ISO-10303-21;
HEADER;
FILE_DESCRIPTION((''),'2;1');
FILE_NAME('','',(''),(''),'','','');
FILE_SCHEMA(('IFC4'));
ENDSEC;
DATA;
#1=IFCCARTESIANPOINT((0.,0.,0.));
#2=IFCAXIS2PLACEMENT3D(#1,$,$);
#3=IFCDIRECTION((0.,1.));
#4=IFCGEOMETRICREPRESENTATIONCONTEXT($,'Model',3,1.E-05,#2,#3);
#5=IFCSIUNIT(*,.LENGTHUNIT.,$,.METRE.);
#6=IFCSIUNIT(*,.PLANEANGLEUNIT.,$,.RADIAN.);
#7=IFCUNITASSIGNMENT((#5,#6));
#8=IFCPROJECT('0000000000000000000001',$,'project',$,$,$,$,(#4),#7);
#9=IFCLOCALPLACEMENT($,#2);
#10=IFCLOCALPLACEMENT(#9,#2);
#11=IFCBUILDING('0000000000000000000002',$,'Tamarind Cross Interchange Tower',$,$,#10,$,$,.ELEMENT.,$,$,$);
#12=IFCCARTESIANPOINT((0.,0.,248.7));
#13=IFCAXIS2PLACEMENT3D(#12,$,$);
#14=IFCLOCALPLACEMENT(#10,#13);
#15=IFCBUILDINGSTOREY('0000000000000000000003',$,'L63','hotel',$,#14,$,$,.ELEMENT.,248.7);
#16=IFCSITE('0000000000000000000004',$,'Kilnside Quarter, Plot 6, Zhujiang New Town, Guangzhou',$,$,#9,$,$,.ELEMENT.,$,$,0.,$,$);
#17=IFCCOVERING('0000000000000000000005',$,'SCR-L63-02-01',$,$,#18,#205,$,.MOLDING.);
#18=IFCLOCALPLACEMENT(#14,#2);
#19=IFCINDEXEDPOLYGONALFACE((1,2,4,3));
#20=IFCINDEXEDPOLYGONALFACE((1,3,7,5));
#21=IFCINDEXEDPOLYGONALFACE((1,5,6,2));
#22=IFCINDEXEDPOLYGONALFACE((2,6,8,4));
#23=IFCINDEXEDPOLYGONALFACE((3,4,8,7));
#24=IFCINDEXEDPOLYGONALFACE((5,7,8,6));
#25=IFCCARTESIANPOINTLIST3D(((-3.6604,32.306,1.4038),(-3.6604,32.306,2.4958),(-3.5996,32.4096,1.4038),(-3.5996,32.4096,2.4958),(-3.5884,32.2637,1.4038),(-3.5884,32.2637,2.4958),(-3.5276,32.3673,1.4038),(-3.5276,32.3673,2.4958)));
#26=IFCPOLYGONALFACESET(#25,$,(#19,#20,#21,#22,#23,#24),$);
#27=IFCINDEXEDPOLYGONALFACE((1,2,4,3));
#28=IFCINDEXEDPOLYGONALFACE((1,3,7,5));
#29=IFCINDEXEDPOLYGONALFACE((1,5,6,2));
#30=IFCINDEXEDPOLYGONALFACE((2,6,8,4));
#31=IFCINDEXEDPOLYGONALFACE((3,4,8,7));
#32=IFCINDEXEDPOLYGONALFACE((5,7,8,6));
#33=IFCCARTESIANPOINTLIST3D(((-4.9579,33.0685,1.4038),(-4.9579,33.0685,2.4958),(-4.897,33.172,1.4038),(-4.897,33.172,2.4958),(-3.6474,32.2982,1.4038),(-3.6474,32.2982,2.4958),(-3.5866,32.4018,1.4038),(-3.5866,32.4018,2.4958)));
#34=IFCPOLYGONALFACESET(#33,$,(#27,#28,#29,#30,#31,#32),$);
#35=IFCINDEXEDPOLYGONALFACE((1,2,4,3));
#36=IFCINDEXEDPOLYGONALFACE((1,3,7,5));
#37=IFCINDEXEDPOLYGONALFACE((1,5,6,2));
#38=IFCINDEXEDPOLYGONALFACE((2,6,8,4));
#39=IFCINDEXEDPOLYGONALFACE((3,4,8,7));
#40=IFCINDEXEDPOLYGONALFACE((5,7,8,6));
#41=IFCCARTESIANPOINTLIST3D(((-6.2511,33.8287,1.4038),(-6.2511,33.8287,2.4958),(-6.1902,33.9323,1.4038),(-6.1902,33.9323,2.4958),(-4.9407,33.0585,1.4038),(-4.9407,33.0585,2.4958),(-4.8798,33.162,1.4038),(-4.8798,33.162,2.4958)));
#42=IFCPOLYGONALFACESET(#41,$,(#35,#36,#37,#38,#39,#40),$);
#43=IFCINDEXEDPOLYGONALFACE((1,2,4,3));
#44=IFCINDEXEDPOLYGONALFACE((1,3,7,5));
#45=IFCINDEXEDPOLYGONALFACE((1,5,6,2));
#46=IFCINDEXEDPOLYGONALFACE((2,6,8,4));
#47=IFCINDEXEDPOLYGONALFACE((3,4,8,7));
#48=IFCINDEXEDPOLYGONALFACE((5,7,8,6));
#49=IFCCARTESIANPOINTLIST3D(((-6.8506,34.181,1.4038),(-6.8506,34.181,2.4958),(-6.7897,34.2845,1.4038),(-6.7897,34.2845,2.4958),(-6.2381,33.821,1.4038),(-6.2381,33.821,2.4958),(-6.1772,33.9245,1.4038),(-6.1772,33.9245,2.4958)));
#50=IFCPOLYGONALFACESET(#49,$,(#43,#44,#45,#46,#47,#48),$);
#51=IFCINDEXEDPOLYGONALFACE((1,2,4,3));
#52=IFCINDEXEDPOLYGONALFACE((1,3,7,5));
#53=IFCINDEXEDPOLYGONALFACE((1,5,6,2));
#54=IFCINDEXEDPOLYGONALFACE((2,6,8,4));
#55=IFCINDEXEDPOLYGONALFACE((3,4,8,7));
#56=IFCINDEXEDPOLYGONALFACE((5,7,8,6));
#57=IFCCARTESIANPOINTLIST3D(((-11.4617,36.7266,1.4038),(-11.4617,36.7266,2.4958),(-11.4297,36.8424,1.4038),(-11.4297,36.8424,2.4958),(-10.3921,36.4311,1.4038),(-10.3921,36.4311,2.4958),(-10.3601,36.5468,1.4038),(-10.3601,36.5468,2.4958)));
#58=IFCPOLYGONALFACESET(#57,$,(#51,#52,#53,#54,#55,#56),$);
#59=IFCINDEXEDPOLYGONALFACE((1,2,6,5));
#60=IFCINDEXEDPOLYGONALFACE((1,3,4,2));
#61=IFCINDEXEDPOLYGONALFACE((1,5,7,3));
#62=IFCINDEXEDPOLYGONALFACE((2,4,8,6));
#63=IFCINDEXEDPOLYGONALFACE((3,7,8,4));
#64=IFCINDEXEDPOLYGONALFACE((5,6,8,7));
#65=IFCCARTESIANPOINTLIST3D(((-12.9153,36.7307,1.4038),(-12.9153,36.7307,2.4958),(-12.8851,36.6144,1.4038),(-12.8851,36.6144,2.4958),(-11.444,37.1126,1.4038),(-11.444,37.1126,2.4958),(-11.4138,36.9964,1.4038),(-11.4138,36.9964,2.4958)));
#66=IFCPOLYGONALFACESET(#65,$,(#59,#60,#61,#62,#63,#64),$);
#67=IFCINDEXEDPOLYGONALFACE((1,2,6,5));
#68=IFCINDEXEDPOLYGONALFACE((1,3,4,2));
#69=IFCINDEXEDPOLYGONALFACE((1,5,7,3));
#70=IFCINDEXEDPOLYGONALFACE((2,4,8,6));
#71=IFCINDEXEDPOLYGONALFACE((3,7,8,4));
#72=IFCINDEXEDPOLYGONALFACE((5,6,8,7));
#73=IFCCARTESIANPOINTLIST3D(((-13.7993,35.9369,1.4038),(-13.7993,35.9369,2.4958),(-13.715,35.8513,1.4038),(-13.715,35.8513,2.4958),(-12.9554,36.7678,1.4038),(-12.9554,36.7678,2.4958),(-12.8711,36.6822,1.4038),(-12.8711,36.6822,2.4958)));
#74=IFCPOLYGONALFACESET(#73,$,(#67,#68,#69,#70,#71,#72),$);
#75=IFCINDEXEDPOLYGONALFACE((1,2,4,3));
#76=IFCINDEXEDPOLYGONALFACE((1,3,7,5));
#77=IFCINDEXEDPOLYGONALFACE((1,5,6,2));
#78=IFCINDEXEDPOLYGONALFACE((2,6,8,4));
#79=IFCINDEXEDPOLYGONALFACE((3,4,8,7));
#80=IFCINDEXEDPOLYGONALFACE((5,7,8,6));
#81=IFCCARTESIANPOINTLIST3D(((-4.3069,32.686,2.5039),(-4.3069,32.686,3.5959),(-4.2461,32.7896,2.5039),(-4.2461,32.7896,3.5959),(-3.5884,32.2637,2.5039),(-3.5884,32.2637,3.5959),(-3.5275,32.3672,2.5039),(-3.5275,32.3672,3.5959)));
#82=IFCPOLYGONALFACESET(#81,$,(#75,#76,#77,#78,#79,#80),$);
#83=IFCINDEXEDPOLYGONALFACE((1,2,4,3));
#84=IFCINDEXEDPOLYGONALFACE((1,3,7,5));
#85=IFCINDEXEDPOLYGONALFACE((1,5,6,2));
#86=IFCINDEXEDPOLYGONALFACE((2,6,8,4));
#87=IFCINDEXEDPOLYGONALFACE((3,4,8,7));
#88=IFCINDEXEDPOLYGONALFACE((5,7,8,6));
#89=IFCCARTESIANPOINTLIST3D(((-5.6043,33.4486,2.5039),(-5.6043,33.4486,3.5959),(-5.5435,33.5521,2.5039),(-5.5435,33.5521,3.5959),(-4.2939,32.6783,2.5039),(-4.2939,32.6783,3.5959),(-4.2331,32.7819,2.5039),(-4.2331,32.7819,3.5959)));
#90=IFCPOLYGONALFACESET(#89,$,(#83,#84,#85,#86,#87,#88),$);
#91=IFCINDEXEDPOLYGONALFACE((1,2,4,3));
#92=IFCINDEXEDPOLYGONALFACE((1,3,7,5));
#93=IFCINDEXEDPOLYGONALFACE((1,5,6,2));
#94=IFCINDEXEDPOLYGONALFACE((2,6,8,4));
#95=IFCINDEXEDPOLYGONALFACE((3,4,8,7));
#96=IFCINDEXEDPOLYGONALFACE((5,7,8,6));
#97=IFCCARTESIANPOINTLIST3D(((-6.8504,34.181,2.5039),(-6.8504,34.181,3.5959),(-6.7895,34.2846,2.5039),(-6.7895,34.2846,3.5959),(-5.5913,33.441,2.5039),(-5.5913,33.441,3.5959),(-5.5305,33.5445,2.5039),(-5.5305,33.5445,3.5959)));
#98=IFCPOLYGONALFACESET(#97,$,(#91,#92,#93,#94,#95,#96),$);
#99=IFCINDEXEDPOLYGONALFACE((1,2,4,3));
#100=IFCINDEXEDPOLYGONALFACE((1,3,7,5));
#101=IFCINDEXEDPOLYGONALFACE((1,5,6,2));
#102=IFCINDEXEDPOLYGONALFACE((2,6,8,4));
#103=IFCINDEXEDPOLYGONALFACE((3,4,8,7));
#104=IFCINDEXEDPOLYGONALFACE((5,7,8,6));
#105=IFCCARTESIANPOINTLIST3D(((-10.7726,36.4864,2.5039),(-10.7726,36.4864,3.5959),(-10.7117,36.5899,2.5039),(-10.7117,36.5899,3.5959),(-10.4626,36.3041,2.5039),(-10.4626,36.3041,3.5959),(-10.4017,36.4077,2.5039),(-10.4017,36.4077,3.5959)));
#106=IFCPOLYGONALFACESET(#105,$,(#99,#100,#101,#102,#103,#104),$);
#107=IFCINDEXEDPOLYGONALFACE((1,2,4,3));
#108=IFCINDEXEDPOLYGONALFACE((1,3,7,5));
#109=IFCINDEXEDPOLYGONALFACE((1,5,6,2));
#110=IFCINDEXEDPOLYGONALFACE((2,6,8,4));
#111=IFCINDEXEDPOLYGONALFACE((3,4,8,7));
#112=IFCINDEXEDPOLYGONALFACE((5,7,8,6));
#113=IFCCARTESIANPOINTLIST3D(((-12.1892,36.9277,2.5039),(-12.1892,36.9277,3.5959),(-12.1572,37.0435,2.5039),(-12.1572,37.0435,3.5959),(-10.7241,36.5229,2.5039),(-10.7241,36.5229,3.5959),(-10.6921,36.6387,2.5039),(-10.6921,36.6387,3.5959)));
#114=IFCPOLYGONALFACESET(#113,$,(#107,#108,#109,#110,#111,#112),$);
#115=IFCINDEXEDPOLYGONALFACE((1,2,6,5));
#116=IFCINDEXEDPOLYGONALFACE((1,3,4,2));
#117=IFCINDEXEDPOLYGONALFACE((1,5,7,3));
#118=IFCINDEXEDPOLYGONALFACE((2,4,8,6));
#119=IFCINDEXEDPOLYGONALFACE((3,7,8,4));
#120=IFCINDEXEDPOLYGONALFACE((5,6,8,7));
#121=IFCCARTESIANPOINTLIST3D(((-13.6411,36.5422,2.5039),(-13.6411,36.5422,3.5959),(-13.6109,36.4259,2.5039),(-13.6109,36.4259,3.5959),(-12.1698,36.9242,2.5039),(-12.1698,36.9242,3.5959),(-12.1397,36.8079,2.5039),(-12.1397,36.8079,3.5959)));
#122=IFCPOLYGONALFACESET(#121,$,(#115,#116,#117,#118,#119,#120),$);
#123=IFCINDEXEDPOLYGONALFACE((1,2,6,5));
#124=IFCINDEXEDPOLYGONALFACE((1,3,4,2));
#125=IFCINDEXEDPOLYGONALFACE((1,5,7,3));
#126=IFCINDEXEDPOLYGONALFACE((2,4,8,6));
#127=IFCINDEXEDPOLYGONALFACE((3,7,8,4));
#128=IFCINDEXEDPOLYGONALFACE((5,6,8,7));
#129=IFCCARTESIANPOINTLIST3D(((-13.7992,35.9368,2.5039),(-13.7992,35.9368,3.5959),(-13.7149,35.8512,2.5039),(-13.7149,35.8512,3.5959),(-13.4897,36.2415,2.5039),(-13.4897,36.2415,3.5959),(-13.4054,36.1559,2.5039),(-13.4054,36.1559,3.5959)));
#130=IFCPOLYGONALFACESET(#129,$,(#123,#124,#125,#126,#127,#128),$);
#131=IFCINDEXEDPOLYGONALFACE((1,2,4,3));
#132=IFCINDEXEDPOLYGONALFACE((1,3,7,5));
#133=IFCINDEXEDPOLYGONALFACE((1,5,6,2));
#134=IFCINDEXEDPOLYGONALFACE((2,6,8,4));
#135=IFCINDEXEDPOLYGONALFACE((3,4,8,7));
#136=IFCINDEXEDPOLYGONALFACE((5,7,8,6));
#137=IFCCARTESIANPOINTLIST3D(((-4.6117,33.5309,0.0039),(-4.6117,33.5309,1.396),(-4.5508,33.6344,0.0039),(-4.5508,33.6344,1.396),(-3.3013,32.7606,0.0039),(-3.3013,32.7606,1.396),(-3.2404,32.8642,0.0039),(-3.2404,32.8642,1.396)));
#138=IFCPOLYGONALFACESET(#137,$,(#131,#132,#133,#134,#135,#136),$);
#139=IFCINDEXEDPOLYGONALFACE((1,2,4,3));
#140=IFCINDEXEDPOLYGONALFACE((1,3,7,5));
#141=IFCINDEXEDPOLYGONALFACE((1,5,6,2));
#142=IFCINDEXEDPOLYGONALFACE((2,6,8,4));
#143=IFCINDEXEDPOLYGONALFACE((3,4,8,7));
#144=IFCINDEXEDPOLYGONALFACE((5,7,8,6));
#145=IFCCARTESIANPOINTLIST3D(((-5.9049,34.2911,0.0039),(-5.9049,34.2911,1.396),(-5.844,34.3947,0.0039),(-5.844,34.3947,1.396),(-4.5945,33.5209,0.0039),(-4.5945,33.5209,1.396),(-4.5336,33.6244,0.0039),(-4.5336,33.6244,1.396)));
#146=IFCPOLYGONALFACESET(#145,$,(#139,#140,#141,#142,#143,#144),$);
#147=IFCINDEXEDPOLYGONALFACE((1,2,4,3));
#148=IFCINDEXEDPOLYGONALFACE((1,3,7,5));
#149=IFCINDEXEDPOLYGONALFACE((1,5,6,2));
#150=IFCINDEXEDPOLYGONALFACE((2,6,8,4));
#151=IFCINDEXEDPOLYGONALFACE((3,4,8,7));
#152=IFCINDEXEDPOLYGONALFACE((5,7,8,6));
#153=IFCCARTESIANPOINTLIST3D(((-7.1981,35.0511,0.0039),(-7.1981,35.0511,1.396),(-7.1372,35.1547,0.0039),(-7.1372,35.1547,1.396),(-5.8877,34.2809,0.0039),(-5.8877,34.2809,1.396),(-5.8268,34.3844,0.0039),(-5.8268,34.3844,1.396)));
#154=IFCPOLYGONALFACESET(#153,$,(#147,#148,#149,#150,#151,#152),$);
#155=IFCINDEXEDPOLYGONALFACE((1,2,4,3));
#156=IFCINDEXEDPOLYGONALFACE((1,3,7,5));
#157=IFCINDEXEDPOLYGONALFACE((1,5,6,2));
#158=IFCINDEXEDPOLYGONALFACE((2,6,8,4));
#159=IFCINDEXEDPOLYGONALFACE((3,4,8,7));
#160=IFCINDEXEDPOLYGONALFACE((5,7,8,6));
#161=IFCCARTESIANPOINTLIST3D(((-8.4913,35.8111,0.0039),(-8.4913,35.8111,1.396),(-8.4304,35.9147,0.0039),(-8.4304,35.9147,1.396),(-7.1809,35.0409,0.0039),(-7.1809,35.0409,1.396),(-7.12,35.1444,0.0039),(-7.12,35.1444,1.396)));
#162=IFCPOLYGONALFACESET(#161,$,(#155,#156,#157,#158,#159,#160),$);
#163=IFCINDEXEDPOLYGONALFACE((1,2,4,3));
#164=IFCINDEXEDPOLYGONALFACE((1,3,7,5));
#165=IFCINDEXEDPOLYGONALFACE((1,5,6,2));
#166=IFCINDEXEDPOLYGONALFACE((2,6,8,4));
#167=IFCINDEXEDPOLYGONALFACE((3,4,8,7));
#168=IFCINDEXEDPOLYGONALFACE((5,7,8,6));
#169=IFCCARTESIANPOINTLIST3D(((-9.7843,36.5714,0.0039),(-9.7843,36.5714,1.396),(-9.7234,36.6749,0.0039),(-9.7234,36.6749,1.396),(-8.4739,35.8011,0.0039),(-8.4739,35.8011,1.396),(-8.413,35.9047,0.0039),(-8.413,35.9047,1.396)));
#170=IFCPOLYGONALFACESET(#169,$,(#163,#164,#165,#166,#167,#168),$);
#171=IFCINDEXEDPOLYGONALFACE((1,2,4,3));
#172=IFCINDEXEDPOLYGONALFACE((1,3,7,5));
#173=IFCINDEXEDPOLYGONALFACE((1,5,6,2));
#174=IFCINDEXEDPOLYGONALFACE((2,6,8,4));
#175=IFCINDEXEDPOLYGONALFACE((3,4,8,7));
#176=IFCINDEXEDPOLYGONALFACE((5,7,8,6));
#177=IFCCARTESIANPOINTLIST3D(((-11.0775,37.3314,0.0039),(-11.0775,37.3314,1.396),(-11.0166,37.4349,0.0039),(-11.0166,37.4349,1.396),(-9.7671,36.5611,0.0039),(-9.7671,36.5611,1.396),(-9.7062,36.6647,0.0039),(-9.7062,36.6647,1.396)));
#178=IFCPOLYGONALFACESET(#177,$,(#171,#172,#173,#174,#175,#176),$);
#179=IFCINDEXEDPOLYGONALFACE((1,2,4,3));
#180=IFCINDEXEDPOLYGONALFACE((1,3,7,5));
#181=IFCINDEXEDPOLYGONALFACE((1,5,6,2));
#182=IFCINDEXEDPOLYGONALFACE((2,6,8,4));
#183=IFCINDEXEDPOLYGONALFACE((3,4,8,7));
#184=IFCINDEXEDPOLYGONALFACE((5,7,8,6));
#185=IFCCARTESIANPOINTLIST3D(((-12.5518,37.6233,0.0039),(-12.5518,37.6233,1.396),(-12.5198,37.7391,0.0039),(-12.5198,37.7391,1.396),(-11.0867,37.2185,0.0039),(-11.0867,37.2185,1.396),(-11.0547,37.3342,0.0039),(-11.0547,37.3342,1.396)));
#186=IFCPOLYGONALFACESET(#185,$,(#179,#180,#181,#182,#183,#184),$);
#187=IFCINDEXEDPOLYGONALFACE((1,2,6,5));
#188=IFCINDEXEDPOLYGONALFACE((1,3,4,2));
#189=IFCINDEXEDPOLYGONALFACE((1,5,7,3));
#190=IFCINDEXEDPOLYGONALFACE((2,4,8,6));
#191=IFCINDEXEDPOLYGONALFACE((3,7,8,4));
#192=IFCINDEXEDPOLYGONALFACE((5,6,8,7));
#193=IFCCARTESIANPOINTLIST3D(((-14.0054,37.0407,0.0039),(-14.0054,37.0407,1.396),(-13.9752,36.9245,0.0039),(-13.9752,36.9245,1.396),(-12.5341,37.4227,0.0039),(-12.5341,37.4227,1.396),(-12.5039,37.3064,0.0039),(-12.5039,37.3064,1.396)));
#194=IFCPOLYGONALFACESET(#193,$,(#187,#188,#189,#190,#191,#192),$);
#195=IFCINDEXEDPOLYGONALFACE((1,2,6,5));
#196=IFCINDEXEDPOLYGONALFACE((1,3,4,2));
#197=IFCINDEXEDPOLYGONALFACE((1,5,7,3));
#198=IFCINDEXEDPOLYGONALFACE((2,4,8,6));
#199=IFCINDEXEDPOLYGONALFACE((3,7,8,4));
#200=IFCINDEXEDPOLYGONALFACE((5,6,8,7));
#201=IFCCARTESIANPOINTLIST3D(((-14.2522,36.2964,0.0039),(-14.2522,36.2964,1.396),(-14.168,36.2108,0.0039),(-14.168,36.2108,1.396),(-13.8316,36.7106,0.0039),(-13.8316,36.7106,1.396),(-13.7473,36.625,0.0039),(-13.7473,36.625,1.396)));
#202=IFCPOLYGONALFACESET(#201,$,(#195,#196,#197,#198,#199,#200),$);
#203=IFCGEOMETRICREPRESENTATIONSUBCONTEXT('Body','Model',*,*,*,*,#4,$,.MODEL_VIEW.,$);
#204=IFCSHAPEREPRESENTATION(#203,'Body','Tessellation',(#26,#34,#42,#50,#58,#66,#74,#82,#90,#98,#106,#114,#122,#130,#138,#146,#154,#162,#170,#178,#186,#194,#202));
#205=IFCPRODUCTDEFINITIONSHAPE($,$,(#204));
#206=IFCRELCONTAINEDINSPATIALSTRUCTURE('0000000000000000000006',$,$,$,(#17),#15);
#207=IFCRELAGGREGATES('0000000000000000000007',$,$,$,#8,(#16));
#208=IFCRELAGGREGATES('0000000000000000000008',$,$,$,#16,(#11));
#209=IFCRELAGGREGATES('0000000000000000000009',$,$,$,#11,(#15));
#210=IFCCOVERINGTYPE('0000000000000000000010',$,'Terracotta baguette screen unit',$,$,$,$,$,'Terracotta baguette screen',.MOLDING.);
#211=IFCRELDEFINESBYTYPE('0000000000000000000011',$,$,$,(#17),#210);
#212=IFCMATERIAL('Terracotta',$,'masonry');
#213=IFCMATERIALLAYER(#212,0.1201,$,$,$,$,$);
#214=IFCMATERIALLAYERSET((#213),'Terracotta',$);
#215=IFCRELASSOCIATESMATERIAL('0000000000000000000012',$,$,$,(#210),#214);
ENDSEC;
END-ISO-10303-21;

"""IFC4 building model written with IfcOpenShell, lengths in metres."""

from ifc_helpers import new_model, si_unit, direction, frame, origin, origin_2d, place, context, subcontext, project, spatial, rectangle, extrude, material, layer, layer_set, type_object, element, save


model = new_model("IFC4")

# Units and contexts
model_context = context("Model", 3, precision=1e-05, world=origin(), true_north=direction((0.0, 1.0)))
body_context = subcontext(model_context, "Body", "Model", "MODEL_VIEW")
ifc_project = project(units=[si_unit("LENGTHUNIT", "METRE"), si_unit("PLANEANGLEUNIT", "RADIAN")], contexts=[model_context])

# Site, building, storey
site_placement = place(None, origin())
site = spatial("IfcSite", under=ifc_project, at=site_placement, Name="Kilnside Quarter, Plot 6, Zhujiang New Town, Guangzhou", CompositionType="ELEMENT", RefElevation=0.0)
building_placement = place(site_placement, origin())
building = spatial("IfcBuilding", under=site, at=building_placement, Name="Tamarind Cross Interchange Tower", CompositionType="ELEMENT")
storey_placement = place(building_placement, frame((0.0, 0.0, 248.7)))
storey = spatial("IfcBuildingStorey", under=building, at=storey_placement, Name="L63", Description="hotel", CompositionType="ELEMENT", Elevation=248.7)

# Covering
ifc_material_1 = material(Name="Terracotta", Category="masonry")
ifc_layer_1 = layer(ifc_material_1, 0.1201)
ifc_layer_set_1 = layer_set([ifc_layer_1], Name="Terracotta")
covering_type = type_object("IfcCoveringType", Name="Terracotta baguette screen unit", ElementType="Terracotta baguette screen", PredefinedType="MOLDING", material=ifc_layer_set_1)
covering_1_placement = place(storey_placement, origin())
element("IfcCovering", 1, at=covering_1_placement, inside=storey, type_object=covering_type, Name="SCR-L63-02-01", PredefinedType="MOLDING", context=body_context, shape_type="SweptSolid", body=[
    extrude(rectangle(XDim=0.0835, YDim=0.1201, at=origin_2d()), frame((-3.594, 32.3367, 1.4038), z_axis=(0.0, 0.0, 1.0), x_axis=(-0.862104, 0.506732, 0.0)), (0.0, 0.0, 1.0), 1.092),
    extrude(rectangle(XDim=1.52, YDim=0.1201, at=origin_2d()), frame((-4.2722, 32.7351, 1.4038), z_axis=(0.0, 0.0, 1.0), x_axis=(-0.862104, 0.506732, 0.0)), (0.0, 0.0, 1.0), 1.092),
    extrude(rectangle(XDim=1.52, YDim=0.1201, at=origin_2d()), frame((-5.5654, 33.4954, 1.4038), z_axis=(0.0, 0.0, 1.0), x_axis=(-0.862104, 0.506732, 0.0)), (0.0, 0.0, 1.0), 1.092),
    extrude(rectangle(XDim=0.7104, YDim=0.1201, at=origin_2d()), frame((-6.5139, 34.0527, 1.4038), z_axis=(0.0, 0.0, 1.0), x_axis=(-0.862104, 0.506732, 0.0)), (0.0, 0.0, 1.0), 1.092),
    extrude(rectangle(XDim=1.1096, YDim=0.1201, at=origin_2d()), frame((-10.9109, 36.6367, 1.4038), z_axis=(0.0, 0.0, 1.0), x_axis=(-0.96388, 0.266337, 0.0)), (0.0, 0.0, 1.0), 1.092),
    extrude(rectangle(XDim=1.52, YDim=0.1201, at=origin_2d()), frame((-12.1646, 36.8635, 1.4038), z_axis=(0.0, 0.0, 1.0), x_axis=(-0.967913, -0.251286, 0.0)), (0.0, 0.0, 1.0), 1.092),
    extrude(rectangle(XDim=1.1843, YDim=0.1201, at=origin_2d()), frame((-13.3352, 36.3096, 1.4038), z_axis=(0.0, 0.0, 1.0), x_axis=(-0.712594, -0.701576, 0.0)), (0.0, 0.0, 1.0), 1.092),
    extrude(rectangle(XDim=0.8335, YDim=0.1201, at=origin_2d()), frame((-3.9172, 32.5266, 2.5039), z_axis=(0.0, 0.0, 1.0), x_axis=(-0.862104, 0.506732, 0.0)), (0.0, 0.0, 1.0), 1.092),
    extrude(rectangle(XDim=1.52, YDim=0.1201, at=origin_2d()), frame((-4.9187, 33.1152, 2.5039), z_axis=(0.0, 0.0, 1.0), x_axis=(-0.862104, 0.506732, 0.0)), (0.0, 0.0, 1.0), 1.092),
    extrude(rectangle(XDim=1.4604, YDim=0.1201, at=origin_2d()), frame((-6.1904, 33.8628, 2.5039), z_axis=(0.0, 0.0, 1.0), x_axis=(-0.862104, 0.506732, 0.0)), (0.0, 0.0, 1.0), 1.092),
    extrude(rectangle(XDim=0.3596, YDim=0.1201, at=origin_2d()), frame((-10.5872, 36.447, 2.5039), z_axis=(0.0, 0.0, 1.0), x_axis=(-0.862104, 0.506732, 0.0)), (0.0, 0.0, 1.0), 1.092),
    extrude(rectangle(XDim=1.52, YDim=0.1201, at=origin_2d()), frame((-11.4407, 36.7832, 2.5039), z_axis=(0.0, 0.0, 1.0), x_axis=(-0.96388, 0.266337, 0.0)), (0.0, 0.0, 1.0), 1.092),
    extrude(rectangle(XDim=1.52, YDim=0.1201, at=origin_2d()), frame((-12.8904, 36.675, 2.5039), z_axis=(0.0, 0.0, 1.0), x_axis=(-0.967913, -0.251286, 0.0)), (0.0, 0.0, 1.0), 1.092),
    extrude(rectangle(XDim=0.4343, YDim=0.1201, at=origin_2d()), frame((-13.6023, 36.0464, 2.5039), z_axis=(0.0, 0.0, 1.0), x_axis=(-0.712594, -0.701576, 0.0)), (0.0, 0.0, 1.0), 1.092),
    extrude(rectangle(XDim=1.52, YDim=0.1201, at=origin_2d()), frame((-3.926, 33.1975, 0.0039), z_axis=(0.0, 0.0, 1.0), x_axis=(-0.862104, 0.506732, 0.0)), (0.0, 0.0, 1.0), 1.3921),
    extrude(rectangle(XDim=1.52, YDim=0.1201, at=origin_2d()), frame((-5.2192, 33.9578, 0.0039), z_axis=(0.0, 0.0, 1.0), x_axis=(-0.862104, 0.506732, 0.0)), (0.0, 0.0, 1.0), 1.3921),
    extrude(rectangle(XDim=1.52, YDim=0.1201, at=origin_2d()), frame((-6.5125, 34.7178, 0.0039), z_axis=(0.0, 0.0, 1.0), x_axis=(-0.862104, 0.506732, 0.0)), (0.0, 0.0, 1.0), 1.3921),
    extrude(rectangle(XDim=1.52, YDim=0.1201, at=origin_2d()), frame((-7.8057, 35.4778, 0.0039), z_axis=(0.0, 0.0, 1.0), x_axis=(-0.862104, 0.506732, 0.0)), (0.0, 0.0, 1.0), 1.3921),
    extrude(rectangle(XDim=1.52, YDim=0.1201, at=origin_2d()), frame((-9.0986, 36.238, 0.0039), z_axis=(0.0, 0.0, 1.0), x_axis=(-0.862104, 0.506732, 0.0)), (0.0, 0.0, 1.0), 1.3921),
    extrude(rectangle(XDim=1.52, YDim=0.1201, at=origin_2d()), frame((-10.3918, 36.998, 0.0039), z_axis=(0.0, 0.0, 1.0), x_axis=(-0.862104, 0.506732, 0.0)), (0.0, 0.0, 1.0), 1.3921),
    extrude(rectangle(XDim=1.52, YDim=0.1201, at=origin_2d()), frame((-11.8032, 37.4788, 0.0039), z_axis=(0.0, 0.0, 1.0), x_axis=(-0.96388, 0.266337, 0.0)), (0.0, 0.0, 1.0), 1.3921),
    extrude(rectangle(XDim=1.52, YDim=0.1201, at=origin_2d()), frame((-13.2546, 37.1736, 0.0039), z_axis=(0.0, 0.0, 1.0), x_axis=(-0.967913, -0.251286, 0.0)), (0.0, 0.0, 1.0), 1.3921),
    extrude(rectangle(XDim=0.5903, YDim=0.1201, at=origin_2d()), frame((-13.9998, 36.4607, 0.0039), z_axis=(0.0, 0.0, 1.0), x_axis=(-0.712594, -0.701576, 0.0)), (0.0, 0.0, 1.0), 1.3921),
])

save(model, "model.ifc")
